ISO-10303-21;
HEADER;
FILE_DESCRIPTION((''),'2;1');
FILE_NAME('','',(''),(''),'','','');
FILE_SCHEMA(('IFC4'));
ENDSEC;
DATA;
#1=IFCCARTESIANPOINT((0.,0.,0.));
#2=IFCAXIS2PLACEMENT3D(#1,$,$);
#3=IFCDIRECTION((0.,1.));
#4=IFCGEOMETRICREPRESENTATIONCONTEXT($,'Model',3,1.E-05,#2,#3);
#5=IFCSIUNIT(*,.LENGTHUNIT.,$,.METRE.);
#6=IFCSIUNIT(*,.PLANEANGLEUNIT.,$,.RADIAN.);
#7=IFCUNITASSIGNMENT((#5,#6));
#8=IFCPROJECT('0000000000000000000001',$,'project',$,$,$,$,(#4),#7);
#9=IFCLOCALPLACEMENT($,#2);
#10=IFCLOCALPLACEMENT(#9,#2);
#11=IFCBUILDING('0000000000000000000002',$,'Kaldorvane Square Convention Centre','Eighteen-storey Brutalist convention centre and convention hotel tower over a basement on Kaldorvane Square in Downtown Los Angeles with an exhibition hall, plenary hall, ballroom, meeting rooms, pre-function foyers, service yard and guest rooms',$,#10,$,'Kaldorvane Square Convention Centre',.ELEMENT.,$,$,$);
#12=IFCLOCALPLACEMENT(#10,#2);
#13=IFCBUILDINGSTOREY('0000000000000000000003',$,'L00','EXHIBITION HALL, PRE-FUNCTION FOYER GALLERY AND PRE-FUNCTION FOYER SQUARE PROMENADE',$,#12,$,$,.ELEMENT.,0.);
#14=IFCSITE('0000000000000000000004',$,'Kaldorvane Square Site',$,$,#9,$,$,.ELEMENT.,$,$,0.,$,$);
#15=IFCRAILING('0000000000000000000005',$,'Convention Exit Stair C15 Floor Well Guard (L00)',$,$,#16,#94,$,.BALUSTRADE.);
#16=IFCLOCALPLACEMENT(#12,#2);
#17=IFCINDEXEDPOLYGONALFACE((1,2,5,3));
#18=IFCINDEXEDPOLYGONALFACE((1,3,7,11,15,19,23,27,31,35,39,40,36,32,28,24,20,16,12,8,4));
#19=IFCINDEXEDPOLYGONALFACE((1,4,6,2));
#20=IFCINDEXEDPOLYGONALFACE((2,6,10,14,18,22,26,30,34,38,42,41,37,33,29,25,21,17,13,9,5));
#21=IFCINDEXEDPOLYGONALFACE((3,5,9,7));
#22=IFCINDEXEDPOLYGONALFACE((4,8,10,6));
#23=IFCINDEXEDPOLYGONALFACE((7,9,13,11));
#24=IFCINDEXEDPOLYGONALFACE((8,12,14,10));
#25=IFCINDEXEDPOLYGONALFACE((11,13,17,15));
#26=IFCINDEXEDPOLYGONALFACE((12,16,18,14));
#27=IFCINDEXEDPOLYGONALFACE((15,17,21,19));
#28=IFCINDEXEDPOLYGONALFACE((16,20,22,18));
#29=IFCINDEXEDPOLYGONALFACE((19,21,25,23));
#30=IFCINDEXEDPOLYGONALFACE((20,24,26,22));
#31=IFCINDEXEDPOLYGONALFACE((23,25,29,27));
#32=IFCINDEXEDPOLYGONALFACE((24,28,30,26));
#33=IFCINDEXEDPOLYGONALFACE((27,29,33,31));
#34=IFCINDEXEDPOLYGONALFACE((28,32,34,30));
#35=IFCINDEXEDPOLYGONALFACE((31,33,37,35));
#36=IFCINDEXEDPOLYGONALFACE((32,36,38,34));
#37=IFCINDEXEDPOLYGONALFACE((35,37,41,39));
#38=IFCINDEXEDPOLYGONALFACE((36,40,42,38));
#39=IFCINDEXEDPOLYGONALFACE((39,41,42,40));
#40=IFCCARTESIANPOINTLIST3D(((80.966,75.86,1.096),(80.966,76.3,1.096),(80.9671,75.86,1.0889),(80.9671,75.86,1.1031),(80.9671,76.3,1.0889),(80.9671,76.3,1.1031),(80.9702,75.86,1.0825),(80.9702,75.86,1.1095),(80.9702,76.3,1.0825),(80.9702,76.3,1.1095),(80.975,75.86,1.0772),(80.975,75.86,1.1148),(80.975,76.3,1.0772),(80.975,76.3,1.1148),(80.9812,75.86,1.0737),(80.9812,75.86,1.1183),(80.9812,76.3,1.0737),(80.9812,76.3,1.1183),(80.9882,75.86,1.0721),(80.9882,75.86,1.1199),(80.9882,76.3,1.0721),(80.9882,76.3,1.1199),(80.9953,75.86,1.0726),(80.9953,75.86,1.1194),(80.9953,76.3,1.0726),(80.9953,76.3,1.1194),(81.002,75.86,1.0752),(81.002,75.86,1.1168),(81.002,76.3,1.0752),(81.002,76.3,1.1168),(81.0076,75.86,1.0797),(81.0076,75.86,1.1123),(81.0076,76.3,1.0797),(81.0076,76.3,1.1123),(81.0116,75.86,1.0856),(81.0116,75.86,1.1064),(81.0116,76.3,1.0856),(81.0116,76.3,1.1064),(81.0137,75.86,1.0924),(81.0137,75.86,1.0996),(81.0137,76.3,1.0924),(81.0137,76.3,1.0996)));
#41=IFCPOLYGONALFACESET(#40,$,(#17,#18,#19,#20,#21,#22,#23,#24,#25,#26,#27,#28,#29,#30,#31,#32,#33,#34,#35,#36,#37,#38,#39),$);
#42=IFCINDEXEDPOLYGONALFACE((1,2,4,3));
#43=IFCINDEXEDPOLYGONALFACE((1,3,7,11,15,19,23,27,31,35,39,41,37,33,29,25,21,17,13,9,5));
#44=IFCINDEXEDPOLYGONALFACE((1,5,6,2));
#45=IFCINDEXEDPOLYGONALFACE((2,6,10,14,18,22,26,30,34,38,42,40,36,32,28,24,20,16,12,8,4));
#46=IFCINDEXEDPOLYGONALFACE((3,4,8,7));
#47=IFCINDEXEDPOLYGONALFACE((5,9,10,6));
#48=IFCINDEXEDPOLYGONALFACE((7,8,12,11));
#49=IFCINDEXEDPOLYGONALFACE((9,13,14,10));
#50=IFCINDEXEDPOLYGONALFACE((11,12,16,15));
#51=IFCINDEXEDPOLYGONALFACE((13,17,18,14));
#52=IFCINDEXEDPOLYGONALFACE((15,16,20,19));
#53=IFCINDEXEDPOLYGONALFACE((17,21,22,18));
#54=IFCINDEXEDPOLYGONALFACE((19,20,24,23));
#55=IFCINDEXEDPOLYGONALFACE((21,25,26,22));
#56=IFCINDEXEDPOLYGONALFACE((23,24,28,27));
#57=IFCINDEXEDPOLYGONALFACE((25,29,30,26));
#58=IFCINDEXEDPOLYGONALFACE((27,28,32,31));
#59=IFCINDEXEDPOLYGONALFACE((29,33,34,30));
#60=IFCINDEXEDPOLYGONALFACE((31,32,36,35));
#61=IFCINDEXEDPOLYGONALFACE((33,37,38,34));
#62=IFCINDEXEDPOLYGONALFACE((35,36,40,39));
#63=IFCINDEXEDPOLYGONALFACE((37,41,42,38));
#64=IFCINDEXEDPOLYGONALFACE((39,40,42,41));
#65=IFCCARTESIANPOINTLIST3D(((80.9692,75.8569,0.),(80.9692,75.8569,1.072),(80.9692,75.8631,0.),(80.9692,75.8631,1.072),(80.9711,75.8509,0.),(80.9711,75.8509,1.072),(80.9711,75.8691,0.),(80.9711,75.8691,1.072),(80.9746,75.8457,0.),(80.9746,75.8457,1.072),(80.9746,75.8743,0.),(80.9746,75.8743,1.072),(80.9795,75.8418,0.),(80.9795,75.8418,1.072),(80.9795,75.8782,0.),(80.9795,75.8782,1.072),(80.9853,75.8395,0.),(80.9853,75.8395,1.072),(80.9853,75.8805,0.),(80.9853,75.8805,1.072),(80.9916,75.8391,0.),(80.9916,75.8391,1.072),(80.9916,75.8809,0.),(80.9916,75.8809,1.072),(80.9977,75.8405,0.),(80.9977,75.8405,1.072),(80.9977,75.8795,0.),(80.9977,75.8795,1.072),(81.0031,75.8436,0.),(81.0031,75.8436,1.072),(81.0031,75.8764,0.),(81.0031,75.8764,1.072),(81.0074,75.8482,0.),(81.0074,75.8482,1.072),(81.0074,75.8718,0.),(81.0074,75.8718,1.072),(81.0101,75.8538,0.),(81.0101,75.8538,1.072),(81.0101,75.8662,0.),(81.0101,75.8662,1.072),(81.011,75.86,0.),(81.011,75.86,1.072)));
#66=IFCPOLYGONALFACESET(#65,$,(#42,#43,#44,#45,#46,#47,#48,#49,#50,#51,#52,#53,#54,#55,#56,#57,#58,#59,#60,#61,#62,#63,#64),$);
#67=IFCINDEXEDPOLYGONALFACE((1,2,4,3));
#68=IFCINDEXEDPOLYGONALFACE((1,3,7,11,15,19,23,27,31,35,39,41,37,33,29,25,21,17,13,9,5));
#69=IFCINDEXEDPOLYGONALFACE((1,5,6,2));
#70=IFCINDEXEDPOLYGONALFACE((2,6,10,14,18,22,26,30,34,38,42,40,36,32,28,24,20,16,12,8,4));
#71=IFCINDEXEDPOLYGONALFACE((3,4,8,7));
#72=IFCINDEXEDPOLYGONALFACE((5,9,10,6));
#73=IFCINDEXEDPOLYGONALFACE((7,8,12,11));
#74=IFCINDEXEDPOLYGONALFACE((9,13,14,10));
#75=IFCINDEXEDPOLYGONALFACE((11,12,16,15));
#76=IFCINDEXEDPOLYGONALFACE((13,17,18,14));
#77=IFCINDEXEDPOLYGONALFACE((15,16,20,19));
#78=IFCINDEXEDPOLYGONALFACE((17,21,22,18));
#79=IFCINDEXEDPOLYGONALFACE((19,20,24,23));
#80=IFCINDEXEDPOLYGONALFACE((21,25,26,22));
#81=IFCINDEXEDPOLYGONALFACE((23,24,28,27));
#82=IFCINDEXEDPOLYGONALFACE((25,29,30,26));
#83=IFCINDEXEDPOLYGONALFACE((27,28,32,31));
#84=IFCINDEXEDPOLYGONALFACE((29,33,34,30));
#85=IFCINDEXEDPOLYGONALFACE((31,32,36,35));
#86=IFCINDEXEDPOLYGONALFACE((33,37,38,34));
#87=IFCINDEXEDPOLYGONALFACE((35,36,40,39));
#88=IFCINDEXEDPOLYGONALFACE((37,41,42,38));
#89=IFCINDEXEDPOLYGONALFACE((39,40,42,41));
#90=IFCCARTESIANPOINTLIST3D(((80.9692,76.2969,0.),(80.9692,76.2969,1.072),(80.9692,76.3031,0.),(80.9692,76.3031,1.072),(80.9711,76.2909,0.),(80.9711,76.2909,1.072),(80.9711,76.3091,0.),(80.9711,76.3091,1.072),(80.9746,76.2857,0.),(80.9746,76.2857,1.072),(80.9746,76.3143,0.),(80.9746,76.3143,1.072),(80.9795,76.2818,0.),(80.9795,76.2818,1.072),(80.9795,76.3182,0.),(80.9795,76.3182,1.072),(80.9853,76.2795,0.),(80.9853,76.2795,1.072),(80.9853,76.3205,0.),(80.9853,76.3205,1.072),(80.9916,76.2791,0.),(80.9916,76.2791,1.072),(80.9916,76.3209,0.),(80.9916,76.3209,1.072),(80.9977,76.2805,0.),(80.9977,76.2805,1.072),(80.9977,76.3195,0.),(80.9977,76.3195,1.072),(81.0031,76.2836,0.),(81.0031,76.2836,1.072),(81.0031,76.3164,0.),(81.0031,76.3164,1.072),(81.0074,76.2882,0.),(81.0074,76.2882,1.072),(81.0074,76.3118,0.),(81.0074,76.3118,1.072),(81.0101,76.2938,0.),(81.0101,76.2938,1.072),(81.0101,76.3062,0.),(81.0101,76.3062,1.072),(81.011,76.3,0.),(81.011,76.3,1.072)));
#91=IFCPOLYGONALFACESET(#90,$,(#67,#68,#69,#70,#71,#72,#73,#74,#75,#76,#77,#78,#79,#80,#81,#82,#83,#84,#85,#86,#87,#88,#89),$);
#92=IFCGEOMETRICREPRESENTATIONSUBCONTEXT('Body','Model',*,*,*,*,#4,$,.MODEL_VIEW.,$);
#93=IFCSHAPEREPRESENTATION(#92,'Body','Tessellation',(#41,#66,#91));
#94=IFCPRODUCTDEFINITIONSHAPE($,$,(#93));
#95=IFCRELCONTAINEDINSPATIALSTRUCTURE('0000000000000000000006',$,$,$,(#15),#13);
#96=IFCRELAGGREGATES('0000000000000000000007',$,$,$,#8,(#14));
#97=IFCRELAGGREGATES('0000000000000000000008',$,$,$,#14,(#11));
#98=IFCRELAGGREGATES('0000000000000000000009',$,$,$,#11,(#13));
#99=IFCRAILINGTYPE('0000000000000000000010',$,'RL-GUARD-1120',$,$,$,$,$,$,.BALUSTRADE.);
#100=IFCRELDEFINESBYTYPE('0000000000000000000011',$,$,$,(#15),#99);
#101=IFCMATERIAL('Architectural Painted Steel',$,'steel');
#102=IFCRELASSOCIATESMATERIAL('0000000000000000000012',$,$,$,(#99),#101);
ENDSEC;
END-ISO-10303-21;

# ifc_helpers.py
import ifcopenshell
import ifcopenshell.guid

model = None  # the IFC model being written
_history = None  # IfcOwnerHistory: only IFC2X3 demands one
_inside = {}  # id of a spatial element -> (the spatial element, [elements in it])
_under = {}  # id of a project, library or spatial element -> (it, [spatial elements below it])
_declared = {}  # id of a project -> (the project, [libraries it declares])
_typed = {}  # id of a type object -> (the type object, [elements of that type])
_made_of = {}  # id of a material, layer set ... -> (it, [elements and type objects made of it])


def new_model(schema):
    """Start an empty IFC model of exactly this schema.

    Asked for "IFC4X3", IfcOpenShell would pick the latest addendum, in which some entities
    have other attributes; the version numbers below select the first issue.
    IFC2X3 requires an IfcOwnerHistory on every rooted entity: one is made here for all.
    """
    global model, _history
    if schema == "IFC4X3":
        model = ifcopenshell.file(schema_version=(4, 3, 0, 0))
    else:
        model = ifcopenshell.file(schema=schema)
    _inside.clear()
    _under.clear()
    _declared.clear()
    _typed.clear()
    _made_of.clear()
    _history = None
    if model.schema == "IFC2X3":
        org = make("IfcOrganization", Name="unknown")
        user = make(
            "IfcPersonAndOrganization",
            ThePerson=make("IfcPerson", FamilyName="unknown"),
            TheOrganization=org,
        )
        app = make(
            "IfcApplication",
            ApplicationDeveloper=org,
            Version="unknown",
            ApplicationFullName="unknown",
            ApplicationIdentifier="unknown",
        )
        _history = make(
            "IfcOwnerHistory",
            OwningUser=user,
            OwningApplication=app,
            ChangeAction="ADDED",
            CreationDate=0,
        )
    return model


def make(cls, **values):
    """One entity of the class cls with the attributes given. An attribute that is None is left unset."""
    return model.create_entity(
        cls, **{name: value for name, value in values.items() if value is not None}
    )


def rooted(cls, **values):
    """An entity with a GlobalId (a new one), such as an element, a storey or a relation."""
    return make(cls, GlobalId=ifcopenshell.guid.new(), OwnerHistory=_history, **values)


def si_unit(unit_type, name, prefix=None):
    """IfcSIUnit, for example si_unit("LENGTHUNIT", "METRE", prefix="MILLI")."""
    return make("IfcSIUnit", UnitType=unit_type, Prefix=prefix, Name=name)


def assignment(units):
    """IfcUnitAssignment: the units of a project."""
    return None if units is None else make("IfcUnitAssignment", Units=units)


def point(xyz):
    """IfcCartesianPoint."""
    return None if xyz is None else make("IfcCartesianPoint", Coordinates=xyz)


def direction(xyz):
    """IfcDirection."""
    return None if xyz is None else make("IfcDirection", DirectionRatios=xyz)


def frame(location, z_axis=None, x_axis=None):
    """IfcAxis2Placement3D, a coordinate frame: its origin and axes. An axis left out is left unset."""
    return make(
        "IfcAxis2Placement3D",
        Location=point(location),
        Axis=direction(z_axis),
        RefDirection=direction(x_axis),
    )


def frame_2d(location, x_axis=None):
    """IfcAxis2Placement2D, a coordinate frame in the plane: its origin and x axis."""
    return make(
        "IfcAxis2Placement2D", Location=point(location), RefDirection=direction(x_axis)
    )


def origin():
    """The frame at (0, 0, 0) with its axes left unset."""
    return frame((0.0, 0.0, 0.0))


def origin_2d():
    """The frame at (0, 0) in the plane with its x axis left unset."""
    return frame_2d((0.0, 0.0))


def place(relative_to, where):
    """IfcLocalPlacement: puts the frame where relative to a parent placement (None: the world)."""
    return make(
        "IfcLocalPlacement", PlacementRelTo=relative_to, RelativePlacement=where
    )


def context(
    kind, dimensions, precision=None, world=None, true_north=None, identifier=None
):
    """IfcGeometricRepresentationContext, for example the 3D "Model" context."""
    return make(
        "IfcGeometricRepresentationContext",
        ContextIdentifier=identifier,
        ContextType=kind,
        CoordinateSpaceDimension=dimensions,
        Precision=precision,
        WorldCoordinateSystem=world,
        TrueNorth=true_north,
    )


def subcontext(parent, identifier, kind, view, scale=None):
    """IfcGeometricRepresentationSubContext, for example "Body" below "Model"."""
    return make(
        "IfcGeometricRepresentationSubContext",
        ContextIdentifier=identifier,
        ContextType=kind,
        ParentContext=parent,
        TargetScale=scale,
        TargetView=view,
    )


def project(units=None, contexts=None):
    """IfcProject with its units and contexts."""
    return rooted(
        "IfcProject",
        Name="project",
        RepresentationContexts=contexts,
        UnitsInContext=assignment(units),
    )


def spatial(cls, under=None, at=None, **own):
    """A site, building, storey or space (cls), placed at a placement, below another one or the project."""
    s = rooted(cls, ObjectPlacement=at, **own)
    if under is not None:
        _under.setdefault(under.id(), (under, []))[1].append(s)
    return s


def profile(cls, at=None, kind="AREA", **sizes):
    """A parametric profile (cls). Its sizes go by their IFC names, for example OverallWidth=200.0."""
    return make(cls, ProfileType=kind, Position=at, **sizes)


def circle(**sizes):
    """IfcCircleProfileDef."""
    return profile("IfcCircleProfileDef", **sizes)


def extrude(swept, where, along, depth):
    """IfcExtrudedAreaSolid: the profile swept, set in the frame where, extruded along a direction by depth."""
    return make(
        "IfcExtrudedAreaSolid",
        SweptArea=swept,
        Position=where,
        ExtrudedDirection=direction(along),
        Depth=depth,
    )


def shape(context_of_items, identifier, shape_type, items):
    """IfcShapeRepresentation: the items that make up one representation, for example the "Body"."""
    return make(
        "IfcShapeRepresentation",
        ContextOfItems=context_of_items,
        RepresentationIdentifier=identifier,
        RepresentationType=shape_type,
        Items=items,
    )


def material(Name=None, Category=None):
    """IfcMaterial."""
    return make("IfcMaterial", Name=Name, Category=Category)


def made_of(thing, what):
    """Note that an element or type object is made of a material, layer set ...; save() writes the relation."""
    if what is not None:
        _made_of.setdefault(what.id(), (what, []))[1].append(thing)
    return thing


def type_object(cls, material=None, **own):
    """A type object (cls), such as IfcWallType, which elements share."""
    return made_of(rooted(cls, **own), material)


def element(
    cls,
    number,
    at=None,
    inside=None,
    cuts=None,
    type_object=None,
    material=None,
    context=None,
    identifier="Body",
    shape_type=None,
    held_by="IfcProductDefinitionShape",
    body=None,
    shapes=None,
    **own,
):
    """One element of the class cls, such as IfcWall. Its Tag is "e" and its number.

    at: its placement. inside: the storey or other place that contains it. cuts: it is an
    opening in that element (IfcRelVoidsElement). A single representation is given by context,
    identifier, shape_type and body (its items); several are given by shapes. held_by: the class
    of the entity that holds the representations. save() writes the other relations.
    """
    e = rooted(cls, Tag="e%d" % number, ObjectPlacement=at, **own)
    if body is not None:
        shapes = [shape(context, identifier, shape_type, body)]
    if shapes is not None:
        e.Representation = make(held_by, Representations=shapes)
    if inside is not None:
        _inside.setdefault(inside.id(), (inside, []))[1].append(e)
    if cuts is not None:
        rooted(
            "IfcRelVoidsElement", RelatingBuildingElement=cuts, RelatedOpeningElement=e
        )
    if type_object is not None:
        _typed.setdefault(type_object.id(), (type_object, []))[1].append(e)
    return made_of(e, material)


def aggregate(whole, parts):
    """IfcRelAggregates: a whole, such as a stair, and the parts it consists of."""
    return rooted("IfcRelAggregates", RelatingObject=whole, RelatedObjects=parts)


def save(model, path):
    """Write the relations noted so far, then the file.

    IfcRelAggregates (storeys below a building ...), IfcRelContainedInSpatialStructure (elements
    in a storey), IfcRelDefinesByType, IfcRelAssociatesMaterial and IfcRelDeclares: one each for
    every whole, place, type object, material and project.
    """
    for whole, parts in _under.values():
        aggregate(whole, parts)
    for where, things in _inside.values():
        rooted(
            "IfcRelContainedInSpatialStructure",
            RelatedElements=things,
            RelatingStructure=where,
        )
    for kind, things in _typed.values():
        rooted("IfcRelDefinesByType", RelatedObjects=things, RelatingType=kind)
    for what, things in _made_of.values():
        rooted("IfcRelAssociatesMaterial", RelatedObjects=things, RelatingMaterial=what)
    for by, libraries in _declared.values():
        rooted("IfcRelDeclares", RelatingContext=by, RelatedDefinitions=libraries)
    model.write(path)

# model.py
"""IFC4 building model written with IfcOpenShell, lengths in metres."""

from ifc_helpers import new_model, si_unit, direction, frame, origin, origin_2d, place, context, subcontext, project, spatial, circle, extrude, material, type_object, element, save


model = new_model("IFC4")

# Units and contexts
model_context = context("Model", 3, precision=1e-05, world=origin(), true_north=direction((0.0, 1.0)))
body_context = subcontext(model_context, "Body", "Model", "MODEL_VIEW")
ifc_project = project(units=[si_unit("LENGTHUNIT", "METRE"), si_unit("PLANEANGLEUNIT", "RADIAN")], contexts=[model_context])

# Site, building, storey
site_placement = place(None, origin())
site = spatial("IfcSite", under=ifc_project, at=site_placement, Name="Kaldorvane Square Site", CompositionType="ELEMENT", RefElevation=0.0)
building_placement = place(site_placement, origin())
building = spatial("IfcBuilding", under=site, at=building_placement, Name="Kaldorvane Square Convention Centre", Description="Eighteen-storey Brutalist convention centre and convention hotel tower over a basement on Kaldorvane Square in Downtown Los Angeles with an exhibition hall, plenary hall, ballroom, meeting rooms, pre-function foyers, service yard and guest rooms", LongName="Kaldorvane Square Convention Centre", CompositionType="ELEMENT")
storey_placement = place(building_placement, origin())
storey = spatial("IfcBuildingStorey", under=building, at=storey_placement, Name="L00", Description="EXHIBITION HALL, PRE-FUNCTION FOYER GALLERY AND PRE-FUNCTION FOYER SQUARE PROMENADE", CompositionType="ELEMENT", Elevation=0.0)

# Railing
ifc_material_1 = material(Name="Architectural Painted Steel", Category="steel")
railing_type_1 = type_object("IfcRailingType", Name="RL-GUARD-1120", PredefinedType="BALUSTRADE", material=ifc_material_1)
railing_1_placement = place(storey_placement, frame((80.99, 75.86, 0.0)))
element("IfcRailing", 1, at=railing_1_placement, inside=storey, type_object=railing_type_1, Name="Convention Exit Stair C15 Floor Well Guard (L00)", PredefinedType="BALUSTRADE", context=body_context, shape_type="SweptSolid", body=[
    extrude(circle(Radius=0.024, at=origin_2d()), frame((0.0, 0.0, 1.096), z_axis=(0.0, 1.0, 0.0), x_axis=(-1.0, 0.0, 0.0)), (0.0, 0.0, 1.0), 0.44),
    extrude(circle(Radius=0.021, at=origin_2d()), origin(), (0.0, 0.0, 1.0), 1.072),
    extrude(circle(Radius=0.021, at=origin_2d()), frame((0.0, 0.44, 0.0)), (0.0, 0.0, 1.0), 1.072),
])

save(model, "model.ifc")
